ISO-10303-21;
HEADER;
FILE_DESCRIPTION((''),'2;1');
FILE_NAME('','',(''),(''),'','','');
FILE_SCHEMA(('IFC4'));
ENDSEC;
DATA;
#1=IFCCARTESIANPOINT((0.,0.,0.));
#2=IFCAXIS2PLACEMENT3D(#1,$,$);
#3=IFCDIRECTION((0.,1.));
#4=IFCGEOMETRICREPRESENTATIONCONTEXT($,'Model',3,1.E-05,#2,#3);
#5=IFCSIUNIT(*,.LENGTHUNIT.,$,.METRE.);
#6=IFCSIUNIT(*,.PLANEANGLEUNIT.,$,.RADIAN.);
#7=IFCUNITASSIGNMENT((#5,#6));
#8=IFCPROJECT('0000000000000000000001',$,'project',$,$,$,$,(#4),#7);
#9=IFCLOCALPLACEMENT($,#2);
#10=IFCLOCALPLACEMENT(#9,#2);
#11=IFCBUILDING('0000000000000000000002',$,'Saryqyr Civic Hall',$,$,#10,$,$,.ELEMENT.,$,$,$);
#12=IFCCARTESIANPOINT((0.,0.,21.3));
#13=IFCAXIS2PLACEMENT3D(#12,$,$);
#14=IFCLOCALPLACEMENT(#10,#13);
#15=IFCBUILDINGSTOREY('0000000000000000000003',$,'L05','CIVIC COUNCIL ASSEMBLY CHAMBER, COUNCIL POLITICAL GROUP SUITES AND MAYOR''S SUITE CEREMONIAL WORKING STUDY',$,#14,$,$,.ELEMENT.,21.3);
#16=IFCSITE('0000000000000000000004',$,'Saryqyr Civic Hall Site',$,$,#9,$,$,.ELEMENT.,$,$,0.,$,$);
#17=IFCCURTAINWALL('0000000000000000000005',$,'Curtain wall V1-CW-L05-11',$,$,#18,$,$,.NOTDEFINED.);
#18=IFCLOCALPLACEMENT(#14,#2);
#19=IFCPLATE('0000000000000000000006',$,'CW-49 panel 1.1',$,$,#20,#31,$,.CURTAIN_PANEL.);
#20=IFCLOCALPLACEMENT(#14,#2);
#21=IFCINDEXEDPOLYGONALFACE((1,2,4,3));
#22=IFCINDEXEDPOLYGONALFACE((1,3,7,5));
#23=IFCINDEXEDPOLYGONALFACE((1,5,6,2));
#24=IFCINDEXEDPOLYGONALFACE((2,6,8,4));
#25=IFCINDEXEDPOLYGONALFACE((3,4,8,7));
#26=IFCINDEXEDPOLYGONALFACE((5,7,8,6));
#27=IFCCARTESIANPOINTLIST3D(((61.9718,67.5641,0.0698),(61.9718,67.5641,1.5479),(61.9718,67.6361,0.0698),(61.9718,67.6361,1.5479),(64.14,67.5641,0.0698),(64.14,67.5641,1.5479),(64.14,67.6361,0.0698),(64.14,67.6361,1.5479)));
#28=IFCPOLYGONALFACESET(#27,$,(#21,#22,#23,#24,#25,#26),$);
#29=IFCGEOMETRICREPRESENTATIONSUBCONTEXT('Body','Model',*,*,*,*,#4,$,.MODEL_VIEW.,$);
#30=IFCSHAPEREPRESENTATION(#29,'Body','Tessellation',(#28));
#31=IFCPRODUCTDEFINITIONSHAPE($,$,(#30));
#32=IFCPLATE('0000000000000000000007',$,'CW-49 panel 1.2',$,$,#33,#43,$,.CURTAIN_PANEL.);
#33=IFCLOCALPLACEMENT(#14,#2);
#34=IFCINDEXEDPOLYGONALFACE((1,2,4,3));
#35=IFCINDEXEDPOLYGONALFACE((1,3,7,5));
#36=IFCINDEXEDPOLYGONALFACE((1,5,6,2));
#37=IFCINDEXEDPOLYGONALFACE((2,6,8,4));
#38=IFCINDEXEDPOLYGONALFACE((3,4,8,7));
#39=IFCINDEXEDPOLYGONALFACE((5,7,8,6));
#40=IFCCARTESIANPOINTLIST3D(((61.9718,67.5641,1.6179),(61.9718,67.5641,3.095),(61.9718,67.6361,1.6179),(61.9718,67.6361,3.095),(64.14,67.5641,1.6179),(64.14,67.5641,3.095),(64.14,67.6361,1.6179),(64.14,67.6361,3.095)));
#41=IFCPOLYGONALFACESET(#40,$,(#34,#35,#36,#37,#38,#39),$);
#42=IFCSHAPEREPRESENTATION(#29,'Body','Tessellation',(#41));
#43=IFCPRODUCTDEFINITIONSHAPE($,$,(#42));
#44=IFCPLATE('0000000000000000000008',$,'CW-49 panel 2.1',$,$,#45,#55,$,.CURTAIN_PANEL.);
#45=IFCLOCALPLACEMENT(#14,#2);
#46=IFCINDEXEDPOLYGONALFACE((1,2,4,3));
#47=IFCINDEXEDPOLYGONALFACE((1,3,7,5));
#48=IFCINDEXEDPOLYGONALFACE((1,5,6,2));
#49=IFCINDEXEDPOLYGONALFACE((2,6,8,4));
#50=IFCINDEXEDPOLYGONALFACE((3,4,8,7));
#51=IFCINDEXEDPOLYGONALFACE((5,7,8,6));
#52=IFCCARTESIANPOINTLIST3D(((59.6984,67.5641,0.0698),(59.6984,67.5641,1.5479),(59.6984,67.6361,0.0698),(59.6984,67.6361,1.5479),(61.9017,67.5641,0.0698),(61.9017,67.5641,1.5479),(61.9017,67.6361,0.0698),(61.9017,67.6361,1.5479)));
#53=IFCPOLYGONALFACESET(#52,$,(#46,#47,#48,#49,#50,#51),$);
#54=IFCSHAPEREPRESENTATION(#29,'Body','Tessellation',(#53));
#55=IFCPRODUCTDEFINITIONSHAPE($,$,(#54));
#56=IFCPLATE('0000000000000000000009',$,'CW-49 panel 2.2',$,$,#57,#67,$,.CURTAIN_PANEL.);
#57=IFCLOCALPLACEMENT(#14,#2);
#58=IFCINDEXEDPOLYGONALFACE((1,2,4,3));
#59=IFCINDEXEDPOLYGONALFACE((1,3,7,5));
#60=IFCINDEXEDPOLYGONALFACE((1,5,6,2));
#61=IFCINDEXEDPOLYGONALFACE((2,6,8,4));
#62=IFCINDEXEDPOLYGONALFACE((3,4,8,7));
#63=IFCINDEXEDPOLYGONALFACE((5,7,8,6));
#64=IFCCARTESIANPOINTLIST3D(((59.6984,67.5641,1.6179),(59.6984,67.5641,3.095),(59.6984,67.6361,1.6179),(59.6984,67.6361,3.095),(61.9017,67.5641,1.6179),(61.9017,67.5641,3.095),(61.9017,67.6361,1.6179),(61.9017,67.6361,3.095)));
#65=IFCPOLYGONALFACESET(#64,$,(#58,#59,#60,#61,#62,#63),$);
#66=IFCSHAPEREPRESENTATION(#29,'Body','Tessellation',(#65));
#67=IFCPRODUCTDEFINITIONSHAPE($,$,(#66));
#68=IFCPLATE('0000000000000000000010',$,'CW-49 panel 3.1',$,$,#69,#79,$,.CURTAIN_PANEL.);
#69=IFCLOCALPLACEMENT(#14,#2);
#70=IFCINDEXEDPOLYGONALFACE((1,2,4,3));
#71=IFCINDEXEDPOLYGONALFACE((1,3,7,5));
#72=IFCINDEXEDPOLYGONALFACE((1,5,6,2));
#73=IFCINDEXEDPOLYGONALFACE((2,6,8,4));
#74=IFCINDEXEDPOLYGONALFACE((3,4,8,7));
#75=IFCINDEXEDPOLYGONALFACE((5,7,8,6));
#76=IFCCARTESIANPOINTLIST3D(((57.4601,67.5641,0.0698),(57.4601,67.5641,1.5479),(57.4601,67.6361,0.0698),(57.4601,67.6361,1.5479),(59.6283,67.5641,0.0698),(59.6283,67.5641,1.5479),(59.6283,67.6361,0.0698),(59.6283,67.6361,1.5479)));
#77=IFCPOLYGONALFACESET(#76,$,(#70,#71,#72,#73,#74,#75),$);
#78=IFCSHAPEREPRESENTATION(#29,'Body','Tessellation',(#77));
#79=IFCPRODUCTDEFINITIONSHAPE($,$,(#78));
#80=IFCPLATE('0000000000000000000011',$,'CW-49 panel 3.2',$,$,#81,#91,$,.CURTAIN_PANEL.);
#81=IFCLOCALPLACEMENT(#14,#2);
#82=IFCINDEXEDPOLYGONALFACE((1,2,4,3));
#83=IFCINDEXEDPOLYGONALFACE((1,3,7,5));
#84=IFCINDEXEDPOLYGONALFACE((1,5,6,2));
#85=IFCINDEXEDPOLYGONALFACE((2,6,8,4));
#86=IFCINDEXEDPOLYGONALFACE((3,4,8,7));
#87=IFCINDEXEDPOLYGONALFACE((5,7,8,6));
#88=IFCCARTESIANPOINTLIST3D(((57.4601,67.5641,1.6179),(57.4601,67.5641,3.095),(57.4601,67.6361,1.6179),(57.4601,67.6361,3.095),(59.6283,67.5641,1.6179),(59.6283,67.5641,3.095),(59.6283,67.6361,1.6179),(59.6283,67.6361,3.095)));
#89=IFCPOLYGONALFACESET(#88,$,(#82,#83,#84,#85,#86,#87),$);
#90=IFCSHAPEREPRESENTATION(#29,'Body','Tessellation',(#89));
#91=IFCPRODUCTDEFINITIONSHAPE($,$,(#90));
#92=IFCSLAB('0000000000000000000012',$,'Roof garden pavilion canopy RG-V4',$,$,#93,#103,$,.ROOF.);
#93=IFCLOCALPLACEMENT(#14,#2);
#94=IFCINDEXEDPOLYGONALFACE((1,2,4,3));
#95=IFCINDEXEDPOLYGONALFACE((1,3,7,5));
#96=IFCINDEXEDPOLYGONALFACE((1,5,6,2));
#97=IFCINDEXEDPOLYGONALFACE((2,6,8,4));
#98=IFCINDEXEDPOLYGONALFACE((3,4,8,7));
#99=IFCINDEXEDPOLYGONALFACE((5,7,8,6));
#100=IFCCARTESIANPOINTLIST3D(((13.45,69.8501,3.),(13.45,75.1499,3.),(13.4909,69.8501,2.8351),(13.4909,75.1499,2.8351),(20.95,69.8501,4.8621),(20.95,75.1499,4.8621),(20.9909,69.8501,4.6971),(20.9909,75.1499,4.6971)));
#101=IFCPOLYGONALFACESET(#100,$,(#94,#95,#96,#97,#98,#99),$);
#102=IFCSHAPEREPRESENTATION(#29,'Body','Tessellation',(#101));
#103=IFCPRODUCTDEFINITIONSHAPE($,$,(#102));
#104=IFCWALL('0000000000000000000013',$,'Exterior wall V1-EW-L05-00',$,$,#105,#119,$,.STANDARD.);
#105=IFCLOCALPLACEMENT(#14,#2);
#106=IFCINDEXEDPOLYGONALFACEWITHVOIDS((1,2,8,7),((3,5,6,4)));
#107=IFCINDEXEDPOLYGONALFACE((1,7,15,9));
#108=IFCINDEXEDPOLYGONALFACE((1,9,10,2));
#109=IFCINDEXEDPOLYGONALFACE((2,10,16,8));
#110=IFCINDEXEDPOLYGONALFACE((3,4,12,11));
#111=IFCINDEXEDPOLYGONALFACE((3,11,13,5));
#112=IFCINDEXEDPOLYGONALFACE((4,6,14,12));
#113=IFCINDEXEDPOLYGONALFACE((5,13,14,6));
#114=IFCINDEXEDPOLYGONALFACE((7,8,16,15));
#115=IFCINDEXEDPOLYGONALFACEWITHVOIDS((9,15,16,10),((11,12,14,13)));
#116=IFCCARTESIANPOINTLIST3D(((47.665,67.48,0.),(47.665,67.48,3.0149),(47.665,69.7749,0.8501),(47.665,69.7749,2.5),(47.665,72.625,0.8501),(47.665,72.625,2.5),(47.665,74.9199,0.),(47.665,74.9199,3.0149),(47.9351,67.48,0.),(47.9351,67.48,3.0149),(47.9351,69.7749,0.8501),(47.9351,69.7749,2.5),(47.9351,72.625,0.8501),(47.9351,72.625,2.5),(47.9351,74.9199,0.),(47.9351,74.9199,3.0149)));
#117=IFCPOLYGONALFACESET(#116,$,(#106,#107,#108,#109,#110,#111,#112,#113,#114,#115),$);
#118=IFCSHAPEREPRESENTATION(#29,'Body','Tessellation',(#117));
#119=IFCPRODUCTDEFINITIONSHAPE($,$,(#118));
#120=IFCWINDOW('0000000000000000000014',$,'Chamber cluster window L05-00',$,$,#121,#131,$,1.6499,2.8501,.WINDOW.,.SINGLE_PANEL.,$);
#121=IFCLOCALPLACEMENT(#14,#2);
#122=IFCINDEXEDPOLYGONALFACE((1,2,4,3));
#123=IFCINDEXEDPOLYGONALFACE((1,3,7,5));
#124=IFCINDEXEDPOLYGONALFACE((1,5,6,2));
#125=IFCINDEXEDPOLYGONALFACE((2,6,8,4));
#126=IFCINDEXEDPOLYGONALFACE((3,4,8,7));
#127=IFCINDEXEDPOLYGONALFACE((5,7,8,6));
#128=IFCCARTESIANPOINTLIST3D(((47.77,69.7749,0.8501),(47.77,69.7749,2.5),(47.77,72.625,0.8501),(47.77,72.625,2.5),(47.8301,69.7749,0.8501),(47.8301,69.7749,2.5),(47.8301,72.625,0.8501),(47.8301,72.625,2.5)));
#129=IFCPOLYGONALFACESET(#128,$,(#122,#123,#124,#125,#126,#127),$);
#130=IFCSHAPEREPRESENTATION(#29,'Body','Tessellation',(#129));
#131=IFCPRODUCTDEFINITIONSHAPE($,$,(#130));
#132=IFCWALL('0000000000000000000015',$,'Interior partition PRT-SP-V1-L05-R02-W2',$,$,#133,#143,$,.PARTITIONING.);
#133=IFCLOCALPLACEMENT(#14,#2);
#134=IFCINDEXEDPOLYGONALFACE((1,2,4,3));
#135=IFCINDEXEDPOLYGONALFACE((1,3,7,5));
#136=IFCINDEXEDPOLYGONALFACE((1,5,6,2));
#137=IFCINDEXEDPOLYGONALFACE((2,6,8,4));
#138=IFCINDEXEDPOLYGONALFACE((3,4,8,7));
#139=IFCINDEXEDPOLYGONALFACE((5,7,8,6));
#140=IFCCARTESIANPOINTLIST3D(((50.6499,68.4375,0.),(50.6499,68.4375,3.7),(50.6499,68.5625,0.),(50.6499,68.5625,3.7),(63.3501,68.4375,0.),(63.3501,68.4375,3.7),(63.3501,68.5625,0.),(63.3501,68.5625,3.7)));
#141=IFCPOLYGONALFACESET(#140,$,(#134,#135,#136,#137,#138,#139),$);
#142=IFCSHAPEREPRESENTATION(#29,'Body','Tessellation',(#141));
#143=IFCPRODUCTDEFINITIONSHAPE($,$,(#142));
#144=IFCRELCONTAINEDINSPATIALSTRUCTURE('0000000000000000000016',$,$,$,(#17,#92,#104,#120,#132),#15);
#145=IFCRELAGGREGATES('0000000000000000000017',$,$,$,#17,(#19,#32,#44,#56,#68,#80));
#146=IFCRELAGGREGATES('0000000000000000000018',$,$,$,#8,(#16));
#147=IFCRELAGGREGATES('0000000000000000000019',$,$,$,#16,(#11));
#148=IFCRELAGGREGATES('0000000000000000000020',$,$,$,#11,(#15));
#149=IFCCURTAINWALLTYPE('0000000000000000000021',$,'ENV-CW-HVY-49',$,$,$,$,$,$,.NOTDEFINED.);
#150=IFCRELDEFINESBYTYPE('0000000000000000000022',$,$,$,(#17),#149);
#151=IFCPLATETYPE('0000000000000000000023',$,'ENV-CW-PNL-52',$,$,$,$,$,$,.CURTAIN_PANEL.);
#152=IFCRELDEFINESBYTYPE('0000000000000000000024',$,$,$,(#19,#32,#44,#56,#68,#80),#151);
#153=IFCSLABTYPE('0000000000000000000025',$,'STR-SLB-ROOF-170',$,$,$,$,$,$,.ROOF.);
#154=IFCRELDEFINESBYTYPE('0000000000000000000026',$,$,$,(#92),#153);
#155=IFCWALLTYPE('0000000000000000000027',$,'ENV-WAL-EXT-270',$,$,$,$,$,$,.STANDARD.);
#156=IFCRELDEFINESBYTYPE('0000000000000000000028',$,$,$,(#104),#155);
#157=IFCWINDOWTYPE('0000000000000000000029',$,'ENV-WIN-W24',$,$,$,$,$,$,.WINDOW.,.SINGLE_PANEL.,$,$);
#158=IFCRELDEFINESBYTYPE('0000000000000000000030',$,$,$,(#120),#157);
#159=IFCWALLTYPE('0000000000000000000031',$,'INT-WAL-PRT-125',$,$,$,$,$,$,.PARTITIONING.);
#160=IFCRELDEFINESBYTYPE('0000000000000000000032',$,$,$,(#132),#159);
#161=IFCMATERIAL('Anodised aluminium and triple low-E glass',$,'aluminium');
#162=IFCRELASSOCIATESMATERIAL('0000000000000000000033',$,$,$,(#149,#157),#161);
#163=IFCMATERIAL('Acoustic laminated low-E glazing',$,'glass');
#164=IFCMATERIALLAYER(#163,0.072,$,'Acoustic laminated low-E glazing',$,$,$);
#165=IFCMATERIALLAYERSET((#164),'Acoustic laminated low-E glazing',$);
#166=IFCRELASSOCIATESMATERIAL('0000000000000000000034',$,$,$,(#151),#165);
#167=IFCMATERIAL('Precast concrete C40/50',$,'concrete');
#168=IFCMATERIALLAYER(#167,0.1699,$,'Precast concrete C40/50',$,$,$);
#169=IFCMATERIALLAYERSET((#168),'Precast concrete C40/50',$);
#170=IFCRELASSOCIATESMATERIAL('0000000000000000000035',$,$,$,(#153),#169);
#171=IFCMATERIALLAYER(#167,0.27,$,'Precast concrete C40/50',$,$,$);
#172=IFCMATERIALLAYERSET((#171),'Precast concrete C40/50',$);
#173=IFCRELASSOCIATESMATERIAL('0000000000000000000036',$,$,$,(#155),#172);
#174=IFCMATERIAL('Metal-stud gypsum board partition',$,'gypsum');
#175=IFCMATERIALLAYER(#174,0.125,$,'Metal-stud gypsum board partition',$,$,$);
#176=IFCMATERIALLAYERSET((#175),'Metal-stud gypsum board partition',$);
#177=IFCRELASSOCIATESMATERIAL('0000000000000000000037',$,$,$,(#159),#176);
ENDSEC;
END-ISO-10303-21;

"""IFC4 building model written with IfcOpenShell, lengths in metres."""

from ifc_helpers import new_model, si_unit, direction, frame, frame_2d, origin, origin_2d, place, context, subcontext, project, spatial, polyline, rectangle, outline, extrude, material, layer, layer_set, type_object, element, fill, aggregate, save


model = new_model("IFC4")

# Units and contexts
model_context = context("Model", 3, precision=1e-05, world=origin(), true_north=direction((0.0, 1.0)))
body_context = subcontext(model_context, "Body", "Model", "MODEL_VIEW")
ifc_project = project(units=[si_unit("LENGTHUNIT", "METRE"), si_unit("PLANEANGLEUNIT", "RADIAN")], contexts=[model_context])

# Site, building, storey
site_placement = place(None, origin())
site = spatial("IfcSite", under=ifc_project, at=site_placement, Name="Saryqyr Civic Hall Site", CompositionType="ELEMENT", RefElevation=0.0)
building_placement = place(site_placement, origin())
building = spatial("IfcBuilding", under=site, at=building_placement, Name="Saryqyr Civic Hall", CompositionType="ELEMENT")
storey_placement = place(building_placement, frame((0.0, 0.0, 21.3)))
storey = spatial("IfcBuildingStorey", under=building, at=storey_placement, Name="L05", Description="CIVIC COUNCIL ASSEMBLY CHAMBER, COUNCIL POLITICAL GROUP SUITES AND MAYOR'S SUITE CEREMONIAL WORKING STUDY", CompositionType="ELEMENT", Elevation=21.3)

# Curtain wall
ifc_material_1 = material(Name="Anodised aluminium and triple low-E glass", Category="aluminium")
curtain_wall_type = type_object("IfcCurtainWallType", Name="ENV-CW-HVY-49", PredefinedType="NOTDEFINED", material=ifc_material_1)
curtain_wall_placement = place(storey_placement, origin())
curtain_wall = element("IfcCurtainWall", 1, at=curtain_wall_placement, inside=storey, type_object=curtain_wall_type, Name="Curtain wall V1-CW-L05-11", PredefinedType="NOTDEFINED")

# Plates
ifc_material_2 = material(Name="Acoustic laminated low-E glazing", Category="glass")
ifc_layer_1 = layer(ifc_material_2, 0.072, Name="Acoustic laminated low-E glazing")
ifc_layer_set_1 = layer_set([ifc_layer_1], Name="Acoustic laminated low-E glazing")
plate_type = type_object("IfcPlateType", Name="ENV-CW-PNL-52", PredefinedType="CURTAIN_PANEL", material=ifc_layer_set_1)
plate_1_placement = place(storey_placement, frame((63.0559, 67.6001, 0.0698), z_axis=(0.0, 0.0, 1.0), x_axis=(-1.0, 0.0, 0.0)))
plate_1 = element("IfcPlate", 2, at=plate_1_placement, type_object=plate_type, Name="CW-49 panel 1.1", PredefinedType="CURTAIN_PANEL", context=body_context, shape_type="SweptSolid", body=[
    extrude(rectangle(XDim=2.1682, YDim=0.072, at=origin_2d()), origin(), (0.0, 0.0, 1.0), 1.478),
])
plate_2_placement = place(storey_placement, frame((63.0559, 67.6001, 1.6179), z_axis=(0.0, 0.0, 1.0), x_axis=(-1.0, 0.0, 0.0)))
plate_2 = element("IfcPlate", 3, at=plate_2_placement, type_object=plate_type, Name="CW-49 panel 1.2", PredefinedType="CURTAIN_PANEL", context=body_context, shape_type="SweptSolid", body=[
    extrude(rectangle(XDim=2.1682, YDim=0.072, at=origin_2d()), origin(), (0.0, 0.0, 1.0), 1.4771),
])
plate_3_placement = place(storey_placement, frame((60.8, 67.6001, 0.0698), z_axis=(0.0, 0.0, 1.0), x_axis=(-1.0, 0.0, 0.0)))
plate_3 = element("IfcPlate", 4, at=plate_3_placement, type_object=plate_type, Name="CW-49 panel 2.1", PredefinedType="CURTAIN_PANEL", context=body_context, shape_type="SweptSolid", body=[
    extrude(rectangle(XDim=2.2034, YDim=0.072, at=origin_2d()), origin(), (0.0, 0.0, 1.0), 1.478),
])
plate_4_placement = place(storey_placement, frame((60.8, 67.6001, 1.6179), z_axis=(0.0, 0.0, 1.0), x_axis=(-1.0, 0.0, 0.0)))
plate_4 = element("IfcPlate", 5, at=plate_4_placement, type_object=plate_type, Name="CW-49 panel 2.2", PredefinedType="CURTAIN_PANEL", context=body_context, shape_type="SweptSolid", body=[
    extrude(rectangle(XDim=2.2034, YDim=0.072, at=origin_2d()), origin(), (0.0, 0.0, 1.0), 1.4771),
])
plate_5_placement = place(storey_placement, frame((58.5442, 67.6001, 0.0698), z_axis=(0.0, 0.0, 1.0), x_axis=(-1.0, 0.0, 0.0)))
plate_5 = element("IfcPlate", 6, at=plate_5_placement, type_object=plate_type, Name="CW-49 panel 3.1", PredefinedType="CURTAIN_PANEL", context=body_context, shape_type="SweptSolid", body=[
    extrude(rectangle(XDim=2.1682, YDim=0.072, at=origin_2d()), origin(), (0.0, 0.0, 1.0), 1.478),
])
plate_6_placement = place(storey_placement, frame((58.5442, 67.6001, 1.6179), z_axis=(0.0, 0.0, 1.0), x_axis=(-1.0, 0.0, 0.0)))
plate_6 = element("IfcPlate", 7, at=plate_6_placement, type_object=plate_type, Name="CW-49 panel 3.2", PredefinedType="CURTAIN_PANEL", context=body_context, shape_type="SweptSolid", body=[
    extrude(rectangle(XDim=2.1682, YDim=0.072, at=origin_2d()), origin(), (0.0, 0.0, 1.0), 1.4771),
])
aggregate(curtain_wall, [plate_1, plate_2, plate_3, plate_4, plate_5, plate_6])

# Slab
ifc_material_3 = material(Name="Precast concrete C40/50", Category="concrete")
ifc_layer_2 = layer(ifc_material_3, 0.1699, Name="Precast concrete C40/50")
ifc_layer_set_2 = layer_set([ifc_layer_2], Name="Precast concrete C40/50")
slab_type = type_object("IfcSlabType", Name="STR-SLB-ROOF-170", PredefinedType="ROOF", material=ifc_layer_set_2)
slab_placement = place(storey_placement, frame((13.45, 69.8501, 3.0), z_axis=(-0.240959, 0.0, 0.970535), x_axis=(0.970535, 0.0, 0.240959)))
element("IfcSlab", 8, at=slab_placement, inside=storey, type_object=slab_type, Name="Roof garden pavilion canopy RG-V4", PredefinedType="ROOF", context=body_context, shape_type="SweptSolid", body=[
    extrude(outline(polyline([(0.0, 0.0), (7.7277, 0.0), (7.7277, 5.2998), (0.0, 5.2998), (0.0, 0.0)])), origin(), (0.0, 0.0, -1.0), 0.1699),
])

# Wall, opening, window
ifc_layer_3 = layer(ifc_material_3, 0.27, Name="Precast concrete C40/50")
ifc_layer_set_3 = layer_set([ifc_layer_3], Name="Precast concrete C40/50")
wall_type_1 = type_object("IfcWallType", Name="ENV-WAL-EXT-270", PredefinedType="STANDARD", material=ifc_layer_set_3)
wall_1_placement = place(storey_placement, frame((47.8, 67.48, 0.0), z_axis=(0.0, 0.0, 1.0), x_axis=(0.0, 1.0, 0.0)))
wall_1 = element("IfcWall", 9, at=wall_1_placement, inside=storey, type_object=wall_type_1, Name="Exterior wall V1-EW-L05-00", PredefinedType="STANDARD", context=body_context, shape_type="SweptSolid", body=[
    extrude(rectangle(XDim=7.4399, YDim=0.27, at=frame_2d((3.72, 0.0))), origin(), (0.0, 0.0, 1.0), 3.0149),
])
opening_placement = place(wall_1_placement, frame((2.2949, 0.0, 0.8501)))
opening = element("IfcOpeningElement", 10, at=opening_placement, cuts=wall_1, PredefinedType="OPENING", context=body_context, shape_type="SweptSolid", body=[
    extrude(rectangle(XDim=2.8501, YDim=1.6499, at=frame_2d((1.425, 0.825))), frame((0.0, 0.145, 0.0), z_axis=(0.0, -1.0, 0.0), x_axis=(1.0, 0.0, 0.0)), (0.0, 0.0, 1.0), 0.29),
])
window_type = type_object("IfcWindowType", Name="ENV-WIN-W24", PartitioningType="SINGLE_PANEL", PredefinedType="WINDOW", material=ifc_material_1)
window_placement = place(opening_placement, origin())
window = element("IfcWindow", 11, at=window_placement, inside=storey, type_object=window_type, Name="Chamber cluster window L05-00", OverallHeight=1.6499, OverallWidth=2.8501, PartitioningType="SINGLE_PANEL", PredefinedType="WINDOW", context=body_context, shape_type="SweptSolid", body=[
    extrude(rectangle(XDim=2.8501, YDim=1.6499, at=frame_2d((1.425, 0.825))), frame((0.0, 0.03, 0.0), z_axis=(0.0, -1.0, 0.0), x_axis=(1.0, 0.0, 0.0)), (0.0, 0.0, 1.0), 0.0601),
])
fill(opening, window)

# Wall
ifc_material_4 = material(Name="Metal-stud gypsum board partition", Category="gypsum")
ifc_layer_4 = layer(ifc_material_4, 0.125, Name="Metal-stud gypsum board partition")
ifc_layer_set_4 = layer_set([ifc_layer_4], Name="Metal-stud gypsum board partition")
wall_type_2 = type_object("IfcWallType", Name="INT-WAL-PRT-125", PredefinedType="PARTITIONING", material=ifc_layer_set_4)
wall_2_placement = place(storey_placement, frame((63.3501, 68.5, 0.0), z_axis=(0.0, 0.0, 1.0), x_axis=(-1.0, 0.0, 0.0)))
element("IfcWall", 12, at=wall_2_placement, inside=storey, type_object=wall_type_2, Name="Interior partition PRT-SP-V1-L05-R02-W2", PredefinedType="PARTITIONING", context=body_context, shape_type="SweptSolid", body=[
    extrude(rectangle(XDim=12.7002, YDim=0.125, at=frame_2d((6.3501, 0.0))), origin(), (0.0, 0.0, 1.0), 3.7),
])

save(model, "model.ifc")
